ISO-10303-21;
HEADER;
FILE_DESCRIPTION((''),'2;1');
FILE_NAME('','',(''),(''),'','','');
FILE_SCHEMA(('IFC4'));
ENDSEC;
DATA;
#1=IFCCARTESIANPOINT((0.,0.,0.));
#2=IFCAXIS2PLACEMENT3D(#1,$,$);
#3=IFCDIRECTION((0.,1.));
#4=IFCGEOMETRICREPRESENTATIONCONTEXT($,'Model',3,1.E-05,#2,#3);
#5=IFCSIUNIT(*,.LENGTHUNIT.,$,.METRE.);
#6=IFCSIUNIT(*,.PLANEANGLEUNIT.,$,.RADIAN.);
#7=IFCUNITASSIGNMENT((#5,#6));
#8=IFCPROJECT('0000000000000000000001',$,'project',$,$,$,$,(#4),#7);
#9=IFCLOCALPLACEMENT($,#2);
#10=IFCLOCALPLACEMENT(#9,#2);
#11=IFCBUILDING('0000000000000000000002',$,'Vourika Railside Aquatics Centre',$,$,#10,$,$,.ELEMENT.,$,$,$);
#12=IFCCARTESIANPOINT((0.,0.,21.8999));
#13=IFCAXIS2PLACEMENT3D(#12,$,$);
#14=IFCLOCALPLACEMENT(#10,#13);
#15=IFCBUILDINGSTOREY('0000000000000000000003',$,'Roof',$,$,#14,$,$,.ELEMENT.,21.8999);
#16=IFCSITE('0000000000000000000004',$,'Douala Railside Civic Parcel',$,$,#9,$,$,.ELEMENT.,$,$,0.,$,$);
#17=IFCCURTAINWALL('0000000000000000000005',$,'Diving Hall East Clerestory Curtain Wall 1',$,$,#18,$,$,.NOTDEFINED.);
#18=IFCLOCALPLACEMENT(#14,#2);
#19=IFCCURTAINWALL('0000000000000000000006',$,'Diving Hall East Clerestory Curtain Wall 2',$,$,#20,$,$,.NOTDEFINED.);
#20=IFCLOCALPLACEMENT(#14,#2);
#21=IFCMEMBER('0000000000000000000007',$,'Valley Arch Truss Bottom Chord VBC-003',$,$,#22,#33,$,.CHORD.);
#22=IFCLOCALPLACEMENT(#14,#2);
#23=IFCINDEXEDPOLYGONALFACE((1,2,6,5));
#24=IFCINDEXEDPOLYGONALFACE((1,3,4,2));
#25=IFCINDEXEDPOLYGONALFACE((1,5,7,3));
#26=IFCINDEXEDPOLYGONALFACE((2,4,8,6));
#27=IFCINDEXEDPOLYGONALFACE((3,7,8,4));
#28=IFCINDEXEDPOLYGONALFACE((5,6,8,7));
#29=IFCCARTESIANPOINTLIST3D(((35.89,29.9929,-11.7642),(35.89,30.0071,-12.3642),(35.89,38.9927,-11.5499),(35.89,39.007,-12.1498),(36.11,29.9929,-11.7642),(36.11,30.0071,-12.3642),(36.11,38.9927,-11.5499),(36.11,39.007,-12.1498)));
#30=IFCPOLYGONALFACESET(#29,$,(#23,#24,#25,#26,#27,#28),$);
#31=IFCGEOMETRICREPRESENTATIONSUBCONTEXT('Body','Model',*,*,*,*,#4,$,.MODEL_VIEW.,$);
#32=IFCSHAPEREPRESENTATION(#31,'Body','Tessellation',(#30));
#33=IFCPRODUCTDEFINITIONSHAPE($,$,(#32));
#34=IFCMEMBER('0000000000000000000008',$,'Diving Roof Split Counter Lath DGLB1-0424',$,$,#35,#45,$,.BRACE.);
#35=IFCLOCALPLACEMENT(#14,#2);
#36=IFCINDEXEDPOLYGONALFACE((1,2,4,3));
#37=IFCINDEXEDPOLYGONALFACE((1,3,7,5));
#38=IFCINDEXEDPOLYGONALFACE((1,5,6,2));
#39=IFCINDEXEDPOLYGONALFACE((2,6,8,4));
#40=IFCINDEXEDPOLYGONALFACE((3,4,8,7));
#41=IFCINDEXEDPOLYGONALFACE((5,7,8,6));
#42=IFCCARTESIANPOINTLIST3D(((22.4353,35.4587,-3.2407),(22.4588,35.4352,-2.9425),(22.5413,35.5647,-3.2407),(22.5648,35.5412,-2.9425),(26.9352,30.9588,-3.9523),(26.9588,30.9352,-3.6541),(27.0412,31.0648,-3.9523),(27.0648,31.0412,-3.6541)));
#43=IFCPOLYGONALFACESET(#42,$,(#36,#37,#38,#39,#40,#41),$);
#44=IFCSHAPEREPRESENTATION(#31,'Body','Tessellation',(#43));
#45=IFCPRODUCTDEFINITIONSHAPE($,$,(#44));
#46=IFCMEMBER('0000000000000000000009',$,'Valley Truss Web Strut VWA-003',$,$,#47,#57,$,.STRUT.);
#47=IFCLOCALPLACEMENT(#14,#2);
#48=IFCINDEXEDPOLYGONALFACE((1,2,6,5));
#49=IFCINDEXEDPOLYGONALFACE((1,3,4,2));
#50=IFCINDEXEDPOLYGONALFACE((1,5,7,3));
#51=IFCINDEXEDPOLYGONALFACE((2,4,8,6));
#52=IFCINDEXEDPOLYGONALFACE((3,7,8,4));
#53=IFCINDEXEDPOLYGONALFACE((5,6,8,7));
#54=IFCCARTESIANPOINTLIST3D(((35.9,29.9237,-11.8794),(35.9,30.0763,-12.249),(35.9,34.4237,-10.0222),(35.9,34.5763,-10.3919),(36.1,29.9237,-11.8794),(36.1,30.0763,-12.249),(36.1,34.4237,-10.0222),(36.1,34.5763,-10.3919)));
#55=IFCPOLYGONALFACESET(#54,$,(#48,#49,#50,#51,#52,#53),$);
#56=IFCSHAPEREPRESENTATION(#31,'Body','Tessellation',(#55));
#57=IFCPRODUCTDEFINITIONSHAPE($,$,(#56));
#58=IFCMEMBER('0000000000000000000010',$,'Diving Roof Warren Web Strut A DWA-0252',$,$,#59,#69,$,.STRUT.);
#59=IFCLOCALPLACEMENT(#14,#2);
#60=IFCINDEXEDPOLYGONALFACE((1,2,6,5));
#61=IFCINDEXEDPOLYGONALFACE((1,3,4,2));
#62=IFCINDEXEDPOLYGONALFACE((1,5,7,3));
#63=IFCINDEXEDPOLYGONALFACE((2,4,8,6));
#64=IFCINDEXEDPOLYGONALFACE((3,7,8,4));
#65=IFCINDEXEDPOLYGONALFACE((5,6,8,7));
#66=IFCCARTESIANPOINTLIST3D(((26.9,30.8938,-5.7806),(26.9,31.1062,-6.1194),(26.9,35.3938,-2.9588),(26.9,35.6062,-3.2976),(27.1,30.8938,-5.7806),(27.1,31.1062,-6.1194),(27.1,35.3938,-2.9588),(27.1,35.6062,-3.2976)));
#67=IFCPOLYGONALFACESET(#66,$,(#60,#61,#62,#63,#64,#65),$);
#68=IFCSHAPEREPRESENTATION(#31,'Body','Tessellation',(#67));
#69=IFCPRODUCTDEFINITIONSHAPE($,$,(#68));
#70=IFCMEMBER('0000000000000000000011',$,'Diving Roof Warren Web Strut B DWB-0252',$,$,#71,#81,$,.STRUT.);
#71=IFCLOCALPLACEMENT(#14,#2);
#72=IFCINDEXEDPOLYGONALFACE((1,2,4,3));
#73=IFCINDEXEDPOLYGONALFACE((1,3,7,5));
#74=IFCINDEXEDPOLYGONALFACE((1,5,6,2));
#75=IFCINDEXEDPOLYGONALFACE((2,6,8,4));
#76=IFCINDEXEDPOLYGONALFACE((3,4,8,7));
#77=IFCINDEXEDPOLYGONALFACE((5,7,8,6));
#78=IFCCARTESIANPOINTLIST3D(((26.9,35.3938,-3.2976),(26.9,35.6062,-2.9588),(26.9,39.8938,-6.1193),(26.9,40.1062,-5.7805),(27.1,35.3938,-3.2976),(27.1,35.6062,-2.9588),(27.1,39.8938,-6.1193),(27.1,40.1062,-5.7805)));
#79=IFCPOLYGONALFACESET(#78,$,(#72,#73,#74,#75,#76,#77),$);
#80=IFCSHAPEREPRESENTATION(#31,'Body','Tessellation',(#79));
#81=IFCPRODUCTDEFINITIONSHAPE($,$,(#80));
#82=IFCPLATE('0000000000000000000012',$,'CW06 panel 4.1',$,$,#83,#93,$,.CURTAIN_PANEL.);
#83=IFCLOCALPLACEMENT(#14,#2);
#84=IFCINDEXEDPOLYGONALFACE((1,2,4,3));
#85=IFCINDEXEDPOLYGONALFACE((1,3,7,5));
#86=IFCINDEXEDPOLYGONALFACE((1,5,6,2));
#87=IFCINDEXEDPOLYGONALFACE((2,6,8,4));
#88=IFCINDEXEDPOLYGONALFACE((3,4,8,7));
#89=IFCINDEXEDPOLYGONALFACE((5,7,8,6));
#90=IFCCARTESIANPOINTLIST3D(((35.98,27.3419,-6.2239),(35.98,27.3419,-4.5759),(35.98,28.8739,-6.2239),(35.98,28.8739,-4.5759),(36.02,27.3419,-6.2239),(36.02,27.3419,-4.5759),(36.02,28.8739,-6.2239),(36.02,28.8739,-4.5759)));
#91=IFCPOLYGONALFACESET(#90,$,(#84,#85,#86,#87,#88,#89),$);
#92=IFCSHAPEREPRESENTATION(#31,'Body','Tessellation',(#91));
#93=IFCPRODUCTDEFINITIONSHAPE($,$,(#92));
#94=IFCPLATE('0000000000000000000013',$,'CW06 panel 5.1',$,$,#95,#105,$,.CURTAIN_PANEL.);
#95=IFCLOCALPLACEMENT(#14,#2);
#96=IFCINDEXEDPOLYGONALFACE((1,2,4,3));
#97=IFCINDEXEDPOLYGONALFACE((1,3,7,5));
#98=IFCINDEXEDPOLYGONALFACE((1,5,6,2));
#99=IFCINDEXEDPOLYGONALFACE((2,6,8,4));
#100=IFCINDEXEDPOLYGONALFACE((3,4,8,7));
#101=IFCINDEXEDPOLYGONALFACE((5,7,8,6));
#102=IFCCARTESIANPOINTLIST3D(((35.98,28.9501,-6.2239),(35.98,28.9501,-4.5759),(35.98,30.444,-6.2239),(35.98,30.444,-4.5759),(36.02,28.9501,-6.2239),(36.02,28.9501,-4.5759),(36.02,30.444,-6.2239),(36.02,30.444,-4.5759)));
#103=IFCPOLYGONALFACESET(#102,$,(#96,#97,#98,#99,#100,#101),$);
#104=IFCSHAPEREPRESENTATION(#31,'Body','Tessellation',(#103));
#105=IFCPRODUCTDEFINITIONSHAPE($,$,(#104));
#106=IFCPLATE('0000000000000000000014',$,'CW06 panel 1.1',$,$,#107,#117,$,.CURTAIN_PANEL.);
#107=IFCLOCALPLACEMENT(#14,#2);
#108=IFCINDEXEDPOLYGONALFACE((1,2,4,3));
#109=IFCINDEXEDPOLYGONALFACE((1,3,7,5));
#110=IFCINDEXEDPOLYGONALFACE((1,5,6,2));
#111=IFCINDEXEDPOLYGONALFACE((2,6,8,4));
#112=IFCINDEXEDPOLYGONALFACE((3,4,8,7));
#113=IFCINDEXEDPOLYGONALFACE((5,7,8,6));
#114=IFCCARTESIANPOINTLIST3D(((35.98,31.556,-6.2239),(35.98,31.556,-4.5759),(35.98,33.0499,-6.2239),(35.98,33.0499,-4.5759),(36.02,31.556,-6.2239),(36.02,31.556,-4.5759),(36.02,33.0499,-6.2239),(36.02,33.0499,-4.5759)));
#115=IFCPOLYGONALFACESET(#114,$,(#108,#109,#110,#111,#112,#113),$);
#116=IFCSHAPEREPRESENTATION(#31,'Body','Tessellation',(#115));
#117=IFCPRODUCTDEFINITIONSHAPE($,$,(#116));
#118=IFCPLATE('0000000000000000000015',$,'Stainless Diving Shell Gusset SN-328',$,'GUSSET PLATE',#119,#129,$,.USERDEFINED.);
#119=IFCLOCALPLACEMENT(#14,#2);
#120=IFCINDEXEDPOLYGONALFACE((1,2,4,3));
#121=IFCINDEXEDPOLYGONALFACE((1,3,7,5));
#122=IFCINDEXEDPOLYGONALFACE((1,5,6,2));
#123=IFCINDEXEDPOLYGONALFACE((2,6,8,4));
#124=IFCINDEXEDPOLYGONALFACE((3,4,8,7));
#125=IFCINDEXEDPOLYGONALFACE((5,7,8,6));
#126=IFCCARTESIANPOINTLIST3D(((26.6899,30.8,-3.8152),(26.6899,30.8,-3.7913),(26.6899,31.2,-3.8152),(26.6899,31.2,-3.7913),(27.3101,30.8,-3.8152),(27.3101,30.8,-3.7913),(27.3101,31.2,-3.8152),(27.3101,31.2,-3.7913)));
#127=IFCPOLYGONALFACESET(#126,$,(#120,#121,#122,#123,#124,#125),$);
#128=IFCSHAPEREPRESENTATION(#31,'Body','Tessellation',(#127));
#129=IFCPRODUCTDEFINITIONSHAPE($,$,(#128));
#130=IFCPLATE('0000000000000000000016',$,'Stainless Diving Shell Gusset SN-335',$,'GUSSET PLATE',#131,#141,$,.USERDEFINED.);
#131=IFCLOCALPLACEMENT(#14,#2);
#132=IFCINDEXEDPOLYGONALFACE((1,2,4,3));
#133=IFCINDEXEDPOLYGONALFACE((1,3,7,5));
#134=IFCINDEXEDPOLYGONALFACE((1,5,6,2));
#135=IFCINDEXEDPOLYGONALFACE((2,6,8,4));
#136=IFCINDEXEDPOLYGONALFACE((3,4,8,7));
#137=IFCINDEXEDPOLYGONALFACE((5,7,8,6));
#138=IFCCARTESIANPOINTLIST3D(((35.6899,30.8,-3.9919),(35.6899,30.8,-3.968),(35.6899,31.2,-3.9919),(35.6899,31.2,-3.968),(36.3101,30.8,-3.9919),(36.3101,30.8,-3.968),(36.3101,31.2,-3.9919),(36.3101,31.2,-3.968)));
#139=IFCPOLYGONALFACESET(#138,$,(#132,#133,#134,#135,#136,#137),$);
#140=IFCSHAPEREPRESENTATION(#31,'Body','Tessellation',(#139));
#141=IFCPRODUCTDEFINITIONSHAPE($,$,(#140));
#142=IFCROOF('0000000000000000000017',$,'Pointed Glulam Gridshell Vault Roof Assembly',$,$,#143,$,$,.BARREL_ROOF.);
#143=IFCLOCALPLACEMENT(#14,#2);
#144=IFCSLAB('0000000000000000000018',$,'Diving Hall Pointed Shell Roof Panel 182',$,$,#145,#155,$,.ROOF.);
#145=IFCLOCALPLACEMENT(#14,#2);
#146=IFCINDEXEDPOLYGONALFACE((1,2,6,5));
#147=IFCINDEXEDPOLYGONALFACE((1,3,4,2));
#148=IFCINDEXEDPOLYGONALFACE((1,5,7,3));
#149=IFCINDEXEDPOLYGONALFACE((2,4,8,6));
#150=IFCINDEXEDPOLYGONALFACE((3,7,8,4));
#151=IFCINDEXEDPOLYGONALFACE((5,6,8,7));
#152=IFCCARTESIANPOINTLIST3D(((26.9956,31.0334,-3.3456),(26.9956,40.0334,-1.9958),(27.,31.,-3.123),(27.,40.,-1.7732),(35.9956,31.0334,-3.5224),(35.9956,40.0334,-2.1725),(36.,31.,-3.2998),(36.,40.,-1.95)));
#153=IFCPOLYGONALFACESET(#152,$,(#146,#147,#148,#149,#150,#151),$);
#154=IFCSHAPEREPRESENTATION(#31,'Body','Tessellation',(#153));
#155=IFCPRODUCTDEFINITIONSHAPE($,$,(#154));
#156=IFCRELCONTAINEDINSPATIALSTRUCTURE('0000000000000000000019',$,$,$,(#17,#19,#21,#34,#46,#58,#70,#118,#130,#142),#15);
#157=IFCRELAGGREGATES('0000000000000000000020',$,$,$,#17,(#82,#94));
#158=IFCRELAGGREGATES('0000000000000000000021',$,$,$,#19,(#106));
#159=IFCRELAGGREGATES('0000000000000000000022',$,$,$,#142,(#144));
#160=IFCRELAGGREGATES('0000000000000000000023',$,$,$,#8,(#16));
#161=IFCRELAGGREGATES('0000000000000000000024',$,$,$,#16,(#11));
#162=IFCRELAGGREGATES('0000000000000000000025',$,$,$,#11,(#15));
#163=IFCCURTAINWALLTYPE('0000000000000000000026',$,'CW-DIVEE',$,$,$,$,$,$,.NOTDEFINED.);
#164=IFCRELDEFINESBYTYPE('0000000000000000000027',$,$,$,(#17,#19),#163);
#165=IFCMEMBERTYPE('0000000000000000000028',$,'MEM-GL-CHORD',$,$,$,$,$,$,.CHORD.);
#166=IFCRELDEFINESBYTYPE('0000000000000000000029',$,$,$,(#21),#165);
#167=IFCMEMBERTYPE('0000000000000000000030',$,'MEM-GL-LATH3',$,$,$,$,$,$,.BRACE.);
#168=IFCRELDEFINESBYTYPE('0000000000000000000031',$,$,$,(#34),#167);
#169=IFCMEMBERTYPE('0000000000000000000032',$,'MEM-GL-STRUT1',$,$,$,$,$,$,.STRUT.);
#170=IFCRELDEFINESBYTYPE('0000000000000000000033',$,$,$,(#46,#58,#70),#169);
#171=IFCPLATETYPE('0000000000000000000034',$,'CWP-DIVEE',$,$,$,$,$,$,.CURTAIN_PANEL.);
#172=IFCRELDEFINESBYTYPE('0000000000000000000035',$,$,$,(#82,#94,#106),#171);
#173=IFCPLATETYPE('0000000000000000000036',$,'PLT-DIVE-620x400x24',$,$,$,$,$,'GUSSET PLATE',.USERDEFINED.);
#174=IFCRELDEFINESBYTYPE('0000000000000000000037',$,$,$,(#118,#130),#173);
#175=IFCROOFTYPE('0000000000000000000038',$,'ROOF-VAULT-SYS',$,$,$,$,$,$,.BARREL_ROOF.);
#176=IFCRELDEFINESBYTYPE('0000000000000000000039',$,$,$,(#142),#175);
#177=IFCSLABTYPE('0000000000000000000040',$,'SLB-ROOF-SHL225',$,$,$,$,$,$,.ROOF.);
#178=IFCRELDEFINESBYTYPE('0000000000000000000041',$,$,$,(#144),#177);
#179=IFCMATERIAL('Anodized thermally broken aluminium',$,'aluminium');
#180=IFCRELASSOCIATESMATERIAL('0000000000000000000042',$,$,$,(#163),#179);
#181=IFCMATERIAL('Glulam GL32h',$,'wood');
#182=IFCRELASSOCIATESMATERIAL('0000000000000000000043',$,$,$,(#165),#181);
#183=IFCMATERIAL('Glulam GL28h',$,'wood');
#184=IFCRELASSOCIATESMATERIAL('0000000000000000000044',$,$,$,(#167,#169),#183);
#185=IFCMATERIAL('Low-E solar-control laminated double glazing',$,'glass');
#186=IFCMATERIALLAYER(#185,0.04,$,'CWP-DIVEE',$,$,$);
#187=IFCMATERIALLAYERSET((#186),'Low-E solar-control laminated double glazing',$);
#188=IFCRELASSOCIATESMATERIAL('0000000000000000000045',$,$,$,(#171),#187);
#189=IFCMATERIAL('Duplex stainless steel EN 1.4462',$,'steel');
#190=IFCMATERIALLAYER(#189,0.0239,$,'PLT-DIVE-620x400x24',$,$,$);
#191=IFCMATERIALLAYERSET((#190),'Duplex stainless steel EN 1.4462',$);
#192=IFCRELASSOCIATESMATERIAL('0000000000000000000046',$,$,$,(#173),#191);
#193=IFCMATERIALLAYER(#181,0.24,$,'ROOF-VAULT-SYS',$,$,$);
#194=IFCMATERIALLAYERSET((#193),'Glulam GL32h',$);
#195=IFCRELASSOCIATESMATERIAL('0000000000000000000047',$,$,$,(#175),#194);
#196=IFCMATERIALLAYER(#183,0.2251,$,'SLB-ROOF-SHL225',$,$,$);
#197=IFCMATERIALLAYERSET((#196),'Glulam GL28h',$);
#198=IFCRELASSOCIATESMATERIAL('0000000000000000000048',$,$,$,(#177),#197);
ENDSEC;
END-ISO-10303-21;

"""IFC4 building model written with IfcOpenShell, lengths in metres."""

from ifc_helpers import new_model, si_unit, direction, frame, origin, origin_2d, place, context, subcontext, project, spatial, polyline, rectangle, outline, extrude, material, layer, layer_set, material_profile, profile_set, type_object, element, aggregate, save


model = new_model("IFC4")

# Units and contexts
model_context = context("Model", 3, precision=1e-05, world=origin(), true_north=direction((0.0, 1.0)))
body_context = subcontext(model_context, "Body", "Model", "MODEL_VIEW")
ifc_project = project(units=[si_unit("LENGTHUNIT", "METRE"), si_unit("PLANEANGLEUNIT", "RADIAN")], contexts=[model_context])

# Site, building, storey
site_placement = place(None, origin())
site = spatial("IfcSite", under=ifc_project, at=site_placement, Name="Douala Railside Civic Parcel", CompositionType="ELEMENT", RefElevation=0.0)
building_placement = place(site_placement, origin())
building = spatial("IfcBuilding", under=site, at=building_placement, Name="Vourika Railside Aquatics Centre", CompositionType="ELEMENT")
storey_placement = place(building_placement, frame((0.0, 0.0, 21.8999)))
storey = spatial("IfcBuildingStorey", under=building, at=storey_placement, Name="Roof", CompositionType="ELEMENT", Elevation=21.8999)

# Shared definitions
ifc_material_1 = material(Name="Glulam GL32h", Category="wood")

# Curtain wall
ifc_material_2 = material(Name="Anodized thermally broken aluminium", Category="aluminium")
curtain_wall_type = type_object("IfcCurtainWallType", Name="CW-DIVEE", PredefinedType="NOTDEFINED", material=ifc_material_2)
curtain_wall_1_placement = place(storey_placement, origin())
curtain_wall_1 = element("IfcCurtainWall", 1, at=curtain_wall_1_placement, inside=storey, type_object=curtain_wall_type, Name="Diving Hall East Clerestory Curtain Wall 1", PredefinedType="NOTDEFINED")

# Curtain wall
curtain_wall_2_placement = place(storey_placement, origin())
curtain_wall_2 = element("IfcCurtainWall", 2, at=curtain_wall_2_placement, inside=storey, type_object=curtain_wall_type, Name="Diving Hall East Clerestory Curtain Wall 2", PredefinedType="NOTDEFINED")

# Members
ifc_material_profile_1 = material_profile(ifc_material_1, rectangle(XDim=0.22, YDim=0.6001, at=origin_2d()), Name="GL32h 220x600")
ifc_profile_set_1 = profile_set([ifc_material_profile_1], Name="Glulam GL32h")
member_type_1 = type_object("IfcMemberType", Name="MEM-GL-CHORD", PredefinedType="CHORD", material=ifc_profile_set_1)
member_1_placement = place(storey_placement, frame((36.0, 30.0, -12.0642), z_axis=(0.0, 0.999716, 0.023811), x_axis=(-1.0, 0.0, 0.0)))
element("IfcMember", 3, at=member_1_placement, inside=storey, type_object=member_type_1, Name="Valley Arch Truss Bottom Chord VBC-003", PredefinedType="CHORD", context=body_context, shape_type="SweptSolid", body=[
    extrude(rectangle(XDim=0.22, YDim=0.6001, at=origin_2d()), origin(), (0.0, 0.0, 1.0), 9.0024),
])
ifc_material_3 = material(Name="Glulam GL28h", Category="wood")
ifc_material_profile_2 = material_profile(ifc_material_3, rectangle(XDim=0.1499, YDim=0.3, at=origin_2d()), Name="GL28h 150x300")
ifc_profile_set_2 = profile_set([ifc_material_profile_2], Name="Glulam GL28h")
member_type_2 = type_object("IfcMemberType", Name="MEM-GL-LATH3", PredefinedType="BRACE", material=ifc_profile_set_2)
member_2_placement = place(storey_placement, frame((27.0, 31.0, -3.8032), z_axis=(-0.702726, 0.702726, 0.111135), x_axis=(-0.707107, -0.707107, 0.0)))
element("IfcMember", 4, at=member_2_placement, inside=storey, type_object=member_type_2, Name="Diving Roof Split Counter Lath DGLB1-0424", PredefinedType="BRACE", context=body_context, shape_type="SweptSolid", body=[
    extrude(rectangle(XDim=0.1499, YDim=0.3, at=origin_2d()), origin(), (0.0, 0.0, 1.0), 6.4036),
])
ifc_material_profile_3 = material_profile(ifc_material_3, rectangle(XDim=0.2, YDim=0.3999, at=origin_2d()), Name="GL28h 200x400")
ifc_profile_set_3 = profile_set([ifc_material_profile_3], Name="Glulam GL28h")
member_type_3 = type_object("IfcMemberType", Name="MEM-GL-STRUT1", PredefinedType="STRUT", material=ifc_profile_set_3)
member_3_placement = place(storey_placement, frame((36.0, 30.0, -12.0642), z_axis=(0.0, 0.924371, 0.381494), x_axis=(-1.0, 0.0, 0.0)))
element("IfcMember", 5, at=member_3_placement, inside=storey, type_object=member_type_3, Name="Valley Truss Web Strut VWA-003", PredefinedType="STRUT", context=body_context, shape_type="SweptSolid", body=[
    extrude(rectangle(XDim=0.2, YDim=0.3999, at=origin_2d()), origin(), (0.0, 0.0, 1.0), 4.8682),
])
for number, where, z_axis, x_axis, name in (
    (6, (27.0, 31.0, -5.95), (0.0, 0.847212, 0.531254), (-1.0, 0.0, 0.0), "Diving Roof Warren Web Strut A DWA-0252"),
    (7, (27.0, 35.5, -3.1282), (0.0, 0.847212, -0.531254), (-1.0, 0.0, 0.0), "Diving Roof Warren Web Strut B DWB-0252"),
):
    element("IfcMember", number, at=place(storey_placement, frame(where, z_axis=z_axis, x_axis=x_axis)), inside=storey, type_object=member_type_3, Name=name, PredefinedType="STRUT", context=body_context, shape_type="SweptSolid", body=[
        extrude(rectangle(XDim=0.2, YDim=0.3999, at=origin_2d()), origin(), (0.0, 0.0, 1.0), 5.3115),
    ])

# Plates
ifc_material_4 = material(Name="Low-E solar-control laminated double glazing", Category="glass")
ifc_layer_1 = layer(ifc_material_4, 0.04, Name="CWP-DIVEE")
ifc_layer_set_1 = layer_set([ifc_layer_1], Name="Low-E solar-control laminated double glazing")
plate_type_1 = type_object("IfcPlateType", Name="CWP-DIVEE", PredefinedType="CURTAIN_PANEL", material=ifc_layer_set_1)
plate_1_placement = place(storey_placement, frame((36.0, 28.1079, -6.2239), z_axis=(0.0, 0.0, 1.0), x_axis=(0.0, 1.0, 0.0)))
plate_1 = element("IfcPlate", 8, at=plate_1_placement, type_object=plate_type_1, Name="CW06 panel 4.1", PredefinedType="CURTAIN_PANEL", context=body_context, shape_type="SweptSolid", body=[
    extrude(rectangle(XDim=1.532, YDim=0.04, at=origin_2d()), origin(), (0.0, 0.0, 1.0), 1.6479),
])
plate_2_placement = place(storey_placement, frame((36.0, 29.697, -6.2239), z_axis=(0.0, 0.0, 1.0), x_axis=(0.0, 1.0, 0.0)))
plate_2 = element("IfcPlate", 9, at=plate_2_placement, type_object=plate_type_1, Name="CW06 panel 5.1", PredefinedType="CURTAIN_PANEL", context=body_context, shape_type="SweptSolid", body=[
    extrude(rectangle(XDim=1.4939, YDim=0.04, at=origin_2d()), origin(), (0.0, 0.0, 1.0), 1.6479),
])
aggregate(curtain_wall_1, [plate_1, plate_2])
plate_3_placement = place(storey_placement, frame((36.0, 32.303, -6.2239), z_axis=(0.0, 0.0, 1.0), x_axis=(0.0, 1.0, 0.0)))
plate_3 = element("IfcPlate", 10, at=plate_3_placement, type_object=plate_type_1, Name="CW06 panel 1.1", PredefinedType="CURTAIN_PANEL", context=body_context, shape_type="SweptSolid", body=[
    extrude(rectangle(XDim=1.4939, YDim=0.04, at=origin_2d()), origin(), (0.0, 0.0, 1.0), 1.6479),
])
aggregate(curtain_wall_2, [plate_3])

# Plates
ifc_material_5 = material(Name="Duplex stainless steel EN 1.4462", Category="steel")
ifc_layer_2 = layer(ifc_material_5, 0.0239, Name="PLT-DIVE-620x400x24")
ifc_layer_set_2 = layer_set([ifc_layer_2], Name="Duplex stainless steel EN 1.4462")
plate_type_2 = type_object("IfcPlateType", Name="PLT-DIVE-620x400x24", ElementType="GUSSET PLATE", PredefinedType="USERDEFINED", material=ifc_layer_set_2)
for number, where, z_axis, x_axis, name in (
    (11, (27.0, 31.0, -3.8152), (0.0, 0.0, 1.0), (1.0, 0.0, 0.0), "Stainless Diving Shell Gusset SN-328"),
    (12, (36.0, 31.0, -3.9919), (0.0, 0.0, 1.0), (1.0, 0.0, 0.0), "Stainless Diving Shell Gusset SN-335"),
):
    element("IfcPlate", number, at=place(storey_placement, frame(where, z_axis=z_axis, x_axis=x_axis)), inside=storey, type_object=plate_type_2, Name=name, ObjectType="GUSSET PLATE", PredefinedType="USERDEFINED", context=body_context, shape_type="SweptSolid", body=[
        extrude(rectangle(XDim=0.6201, YDim=0.3999, at=origin_2d()), origin(), (0.0, 0.0, 1.0), 0.0239),
    ])

# Roof, slab
ifc_layer_3 = layer(ifc_material_1, 0.24, Name="ROOF-VAULT-SYS")
ifc_layer_set_3 = layer_set([ifc_layer_3], Name="Glulam GL32h")
roof_type = type_object("IfcRoofType", Name="ROOF-VAULT-SYS", PredefinedType="BARREL_ROOF", material=ifc_layer_set_3)
roof_placement = place(storey_placement, origin())
roof = element("IfcRoof", 13, at=roof_placement, inside=storey, type_object=roof_type, Name="Pointed Glulam Gridshell Vault Roof Assembly", PredefinedType="BARREL_ROOF")
ifc_layer_4 = layer(ifc_material_3, 0.2251, Name="SLB-ROOF-SHL225")
ifc_layer_set_4 = layer_set([ifc_layer_4], Name="Glulam GL28h")
slab_type = type_object("IfcSlabType", Name="SLB-ROOF-SHL225", PredefinedType="ROOF", material=ifc_layer_set_4)
slab_placement = place(storey_placement, frame((27.0, 31.0, -3.123), z_axis=(0.019419, -0.148297, 0.988752), x_axis=(0.999807, 0.0, -0.019636)))
slab = element("IfcSlab", 14, at=slab_placement, type_object=slab_type, Name="Diving Hall Pointed Shell Roof Panel 182", PredefinedType="ROOF", context=body_context, shape_type="SweptSolid", body=[
    extrude(outline(polyline([(0.0, 0.0), (9.0017, 0.0), (8.9752, 9.1006), (-0.0265, 9.1006), (0.0, 0.0)])), origin(), (0.0, 0.0, -1.0), 0.2251),
])
aggregate(roof, [slab])

save(model, "model.ifc")
